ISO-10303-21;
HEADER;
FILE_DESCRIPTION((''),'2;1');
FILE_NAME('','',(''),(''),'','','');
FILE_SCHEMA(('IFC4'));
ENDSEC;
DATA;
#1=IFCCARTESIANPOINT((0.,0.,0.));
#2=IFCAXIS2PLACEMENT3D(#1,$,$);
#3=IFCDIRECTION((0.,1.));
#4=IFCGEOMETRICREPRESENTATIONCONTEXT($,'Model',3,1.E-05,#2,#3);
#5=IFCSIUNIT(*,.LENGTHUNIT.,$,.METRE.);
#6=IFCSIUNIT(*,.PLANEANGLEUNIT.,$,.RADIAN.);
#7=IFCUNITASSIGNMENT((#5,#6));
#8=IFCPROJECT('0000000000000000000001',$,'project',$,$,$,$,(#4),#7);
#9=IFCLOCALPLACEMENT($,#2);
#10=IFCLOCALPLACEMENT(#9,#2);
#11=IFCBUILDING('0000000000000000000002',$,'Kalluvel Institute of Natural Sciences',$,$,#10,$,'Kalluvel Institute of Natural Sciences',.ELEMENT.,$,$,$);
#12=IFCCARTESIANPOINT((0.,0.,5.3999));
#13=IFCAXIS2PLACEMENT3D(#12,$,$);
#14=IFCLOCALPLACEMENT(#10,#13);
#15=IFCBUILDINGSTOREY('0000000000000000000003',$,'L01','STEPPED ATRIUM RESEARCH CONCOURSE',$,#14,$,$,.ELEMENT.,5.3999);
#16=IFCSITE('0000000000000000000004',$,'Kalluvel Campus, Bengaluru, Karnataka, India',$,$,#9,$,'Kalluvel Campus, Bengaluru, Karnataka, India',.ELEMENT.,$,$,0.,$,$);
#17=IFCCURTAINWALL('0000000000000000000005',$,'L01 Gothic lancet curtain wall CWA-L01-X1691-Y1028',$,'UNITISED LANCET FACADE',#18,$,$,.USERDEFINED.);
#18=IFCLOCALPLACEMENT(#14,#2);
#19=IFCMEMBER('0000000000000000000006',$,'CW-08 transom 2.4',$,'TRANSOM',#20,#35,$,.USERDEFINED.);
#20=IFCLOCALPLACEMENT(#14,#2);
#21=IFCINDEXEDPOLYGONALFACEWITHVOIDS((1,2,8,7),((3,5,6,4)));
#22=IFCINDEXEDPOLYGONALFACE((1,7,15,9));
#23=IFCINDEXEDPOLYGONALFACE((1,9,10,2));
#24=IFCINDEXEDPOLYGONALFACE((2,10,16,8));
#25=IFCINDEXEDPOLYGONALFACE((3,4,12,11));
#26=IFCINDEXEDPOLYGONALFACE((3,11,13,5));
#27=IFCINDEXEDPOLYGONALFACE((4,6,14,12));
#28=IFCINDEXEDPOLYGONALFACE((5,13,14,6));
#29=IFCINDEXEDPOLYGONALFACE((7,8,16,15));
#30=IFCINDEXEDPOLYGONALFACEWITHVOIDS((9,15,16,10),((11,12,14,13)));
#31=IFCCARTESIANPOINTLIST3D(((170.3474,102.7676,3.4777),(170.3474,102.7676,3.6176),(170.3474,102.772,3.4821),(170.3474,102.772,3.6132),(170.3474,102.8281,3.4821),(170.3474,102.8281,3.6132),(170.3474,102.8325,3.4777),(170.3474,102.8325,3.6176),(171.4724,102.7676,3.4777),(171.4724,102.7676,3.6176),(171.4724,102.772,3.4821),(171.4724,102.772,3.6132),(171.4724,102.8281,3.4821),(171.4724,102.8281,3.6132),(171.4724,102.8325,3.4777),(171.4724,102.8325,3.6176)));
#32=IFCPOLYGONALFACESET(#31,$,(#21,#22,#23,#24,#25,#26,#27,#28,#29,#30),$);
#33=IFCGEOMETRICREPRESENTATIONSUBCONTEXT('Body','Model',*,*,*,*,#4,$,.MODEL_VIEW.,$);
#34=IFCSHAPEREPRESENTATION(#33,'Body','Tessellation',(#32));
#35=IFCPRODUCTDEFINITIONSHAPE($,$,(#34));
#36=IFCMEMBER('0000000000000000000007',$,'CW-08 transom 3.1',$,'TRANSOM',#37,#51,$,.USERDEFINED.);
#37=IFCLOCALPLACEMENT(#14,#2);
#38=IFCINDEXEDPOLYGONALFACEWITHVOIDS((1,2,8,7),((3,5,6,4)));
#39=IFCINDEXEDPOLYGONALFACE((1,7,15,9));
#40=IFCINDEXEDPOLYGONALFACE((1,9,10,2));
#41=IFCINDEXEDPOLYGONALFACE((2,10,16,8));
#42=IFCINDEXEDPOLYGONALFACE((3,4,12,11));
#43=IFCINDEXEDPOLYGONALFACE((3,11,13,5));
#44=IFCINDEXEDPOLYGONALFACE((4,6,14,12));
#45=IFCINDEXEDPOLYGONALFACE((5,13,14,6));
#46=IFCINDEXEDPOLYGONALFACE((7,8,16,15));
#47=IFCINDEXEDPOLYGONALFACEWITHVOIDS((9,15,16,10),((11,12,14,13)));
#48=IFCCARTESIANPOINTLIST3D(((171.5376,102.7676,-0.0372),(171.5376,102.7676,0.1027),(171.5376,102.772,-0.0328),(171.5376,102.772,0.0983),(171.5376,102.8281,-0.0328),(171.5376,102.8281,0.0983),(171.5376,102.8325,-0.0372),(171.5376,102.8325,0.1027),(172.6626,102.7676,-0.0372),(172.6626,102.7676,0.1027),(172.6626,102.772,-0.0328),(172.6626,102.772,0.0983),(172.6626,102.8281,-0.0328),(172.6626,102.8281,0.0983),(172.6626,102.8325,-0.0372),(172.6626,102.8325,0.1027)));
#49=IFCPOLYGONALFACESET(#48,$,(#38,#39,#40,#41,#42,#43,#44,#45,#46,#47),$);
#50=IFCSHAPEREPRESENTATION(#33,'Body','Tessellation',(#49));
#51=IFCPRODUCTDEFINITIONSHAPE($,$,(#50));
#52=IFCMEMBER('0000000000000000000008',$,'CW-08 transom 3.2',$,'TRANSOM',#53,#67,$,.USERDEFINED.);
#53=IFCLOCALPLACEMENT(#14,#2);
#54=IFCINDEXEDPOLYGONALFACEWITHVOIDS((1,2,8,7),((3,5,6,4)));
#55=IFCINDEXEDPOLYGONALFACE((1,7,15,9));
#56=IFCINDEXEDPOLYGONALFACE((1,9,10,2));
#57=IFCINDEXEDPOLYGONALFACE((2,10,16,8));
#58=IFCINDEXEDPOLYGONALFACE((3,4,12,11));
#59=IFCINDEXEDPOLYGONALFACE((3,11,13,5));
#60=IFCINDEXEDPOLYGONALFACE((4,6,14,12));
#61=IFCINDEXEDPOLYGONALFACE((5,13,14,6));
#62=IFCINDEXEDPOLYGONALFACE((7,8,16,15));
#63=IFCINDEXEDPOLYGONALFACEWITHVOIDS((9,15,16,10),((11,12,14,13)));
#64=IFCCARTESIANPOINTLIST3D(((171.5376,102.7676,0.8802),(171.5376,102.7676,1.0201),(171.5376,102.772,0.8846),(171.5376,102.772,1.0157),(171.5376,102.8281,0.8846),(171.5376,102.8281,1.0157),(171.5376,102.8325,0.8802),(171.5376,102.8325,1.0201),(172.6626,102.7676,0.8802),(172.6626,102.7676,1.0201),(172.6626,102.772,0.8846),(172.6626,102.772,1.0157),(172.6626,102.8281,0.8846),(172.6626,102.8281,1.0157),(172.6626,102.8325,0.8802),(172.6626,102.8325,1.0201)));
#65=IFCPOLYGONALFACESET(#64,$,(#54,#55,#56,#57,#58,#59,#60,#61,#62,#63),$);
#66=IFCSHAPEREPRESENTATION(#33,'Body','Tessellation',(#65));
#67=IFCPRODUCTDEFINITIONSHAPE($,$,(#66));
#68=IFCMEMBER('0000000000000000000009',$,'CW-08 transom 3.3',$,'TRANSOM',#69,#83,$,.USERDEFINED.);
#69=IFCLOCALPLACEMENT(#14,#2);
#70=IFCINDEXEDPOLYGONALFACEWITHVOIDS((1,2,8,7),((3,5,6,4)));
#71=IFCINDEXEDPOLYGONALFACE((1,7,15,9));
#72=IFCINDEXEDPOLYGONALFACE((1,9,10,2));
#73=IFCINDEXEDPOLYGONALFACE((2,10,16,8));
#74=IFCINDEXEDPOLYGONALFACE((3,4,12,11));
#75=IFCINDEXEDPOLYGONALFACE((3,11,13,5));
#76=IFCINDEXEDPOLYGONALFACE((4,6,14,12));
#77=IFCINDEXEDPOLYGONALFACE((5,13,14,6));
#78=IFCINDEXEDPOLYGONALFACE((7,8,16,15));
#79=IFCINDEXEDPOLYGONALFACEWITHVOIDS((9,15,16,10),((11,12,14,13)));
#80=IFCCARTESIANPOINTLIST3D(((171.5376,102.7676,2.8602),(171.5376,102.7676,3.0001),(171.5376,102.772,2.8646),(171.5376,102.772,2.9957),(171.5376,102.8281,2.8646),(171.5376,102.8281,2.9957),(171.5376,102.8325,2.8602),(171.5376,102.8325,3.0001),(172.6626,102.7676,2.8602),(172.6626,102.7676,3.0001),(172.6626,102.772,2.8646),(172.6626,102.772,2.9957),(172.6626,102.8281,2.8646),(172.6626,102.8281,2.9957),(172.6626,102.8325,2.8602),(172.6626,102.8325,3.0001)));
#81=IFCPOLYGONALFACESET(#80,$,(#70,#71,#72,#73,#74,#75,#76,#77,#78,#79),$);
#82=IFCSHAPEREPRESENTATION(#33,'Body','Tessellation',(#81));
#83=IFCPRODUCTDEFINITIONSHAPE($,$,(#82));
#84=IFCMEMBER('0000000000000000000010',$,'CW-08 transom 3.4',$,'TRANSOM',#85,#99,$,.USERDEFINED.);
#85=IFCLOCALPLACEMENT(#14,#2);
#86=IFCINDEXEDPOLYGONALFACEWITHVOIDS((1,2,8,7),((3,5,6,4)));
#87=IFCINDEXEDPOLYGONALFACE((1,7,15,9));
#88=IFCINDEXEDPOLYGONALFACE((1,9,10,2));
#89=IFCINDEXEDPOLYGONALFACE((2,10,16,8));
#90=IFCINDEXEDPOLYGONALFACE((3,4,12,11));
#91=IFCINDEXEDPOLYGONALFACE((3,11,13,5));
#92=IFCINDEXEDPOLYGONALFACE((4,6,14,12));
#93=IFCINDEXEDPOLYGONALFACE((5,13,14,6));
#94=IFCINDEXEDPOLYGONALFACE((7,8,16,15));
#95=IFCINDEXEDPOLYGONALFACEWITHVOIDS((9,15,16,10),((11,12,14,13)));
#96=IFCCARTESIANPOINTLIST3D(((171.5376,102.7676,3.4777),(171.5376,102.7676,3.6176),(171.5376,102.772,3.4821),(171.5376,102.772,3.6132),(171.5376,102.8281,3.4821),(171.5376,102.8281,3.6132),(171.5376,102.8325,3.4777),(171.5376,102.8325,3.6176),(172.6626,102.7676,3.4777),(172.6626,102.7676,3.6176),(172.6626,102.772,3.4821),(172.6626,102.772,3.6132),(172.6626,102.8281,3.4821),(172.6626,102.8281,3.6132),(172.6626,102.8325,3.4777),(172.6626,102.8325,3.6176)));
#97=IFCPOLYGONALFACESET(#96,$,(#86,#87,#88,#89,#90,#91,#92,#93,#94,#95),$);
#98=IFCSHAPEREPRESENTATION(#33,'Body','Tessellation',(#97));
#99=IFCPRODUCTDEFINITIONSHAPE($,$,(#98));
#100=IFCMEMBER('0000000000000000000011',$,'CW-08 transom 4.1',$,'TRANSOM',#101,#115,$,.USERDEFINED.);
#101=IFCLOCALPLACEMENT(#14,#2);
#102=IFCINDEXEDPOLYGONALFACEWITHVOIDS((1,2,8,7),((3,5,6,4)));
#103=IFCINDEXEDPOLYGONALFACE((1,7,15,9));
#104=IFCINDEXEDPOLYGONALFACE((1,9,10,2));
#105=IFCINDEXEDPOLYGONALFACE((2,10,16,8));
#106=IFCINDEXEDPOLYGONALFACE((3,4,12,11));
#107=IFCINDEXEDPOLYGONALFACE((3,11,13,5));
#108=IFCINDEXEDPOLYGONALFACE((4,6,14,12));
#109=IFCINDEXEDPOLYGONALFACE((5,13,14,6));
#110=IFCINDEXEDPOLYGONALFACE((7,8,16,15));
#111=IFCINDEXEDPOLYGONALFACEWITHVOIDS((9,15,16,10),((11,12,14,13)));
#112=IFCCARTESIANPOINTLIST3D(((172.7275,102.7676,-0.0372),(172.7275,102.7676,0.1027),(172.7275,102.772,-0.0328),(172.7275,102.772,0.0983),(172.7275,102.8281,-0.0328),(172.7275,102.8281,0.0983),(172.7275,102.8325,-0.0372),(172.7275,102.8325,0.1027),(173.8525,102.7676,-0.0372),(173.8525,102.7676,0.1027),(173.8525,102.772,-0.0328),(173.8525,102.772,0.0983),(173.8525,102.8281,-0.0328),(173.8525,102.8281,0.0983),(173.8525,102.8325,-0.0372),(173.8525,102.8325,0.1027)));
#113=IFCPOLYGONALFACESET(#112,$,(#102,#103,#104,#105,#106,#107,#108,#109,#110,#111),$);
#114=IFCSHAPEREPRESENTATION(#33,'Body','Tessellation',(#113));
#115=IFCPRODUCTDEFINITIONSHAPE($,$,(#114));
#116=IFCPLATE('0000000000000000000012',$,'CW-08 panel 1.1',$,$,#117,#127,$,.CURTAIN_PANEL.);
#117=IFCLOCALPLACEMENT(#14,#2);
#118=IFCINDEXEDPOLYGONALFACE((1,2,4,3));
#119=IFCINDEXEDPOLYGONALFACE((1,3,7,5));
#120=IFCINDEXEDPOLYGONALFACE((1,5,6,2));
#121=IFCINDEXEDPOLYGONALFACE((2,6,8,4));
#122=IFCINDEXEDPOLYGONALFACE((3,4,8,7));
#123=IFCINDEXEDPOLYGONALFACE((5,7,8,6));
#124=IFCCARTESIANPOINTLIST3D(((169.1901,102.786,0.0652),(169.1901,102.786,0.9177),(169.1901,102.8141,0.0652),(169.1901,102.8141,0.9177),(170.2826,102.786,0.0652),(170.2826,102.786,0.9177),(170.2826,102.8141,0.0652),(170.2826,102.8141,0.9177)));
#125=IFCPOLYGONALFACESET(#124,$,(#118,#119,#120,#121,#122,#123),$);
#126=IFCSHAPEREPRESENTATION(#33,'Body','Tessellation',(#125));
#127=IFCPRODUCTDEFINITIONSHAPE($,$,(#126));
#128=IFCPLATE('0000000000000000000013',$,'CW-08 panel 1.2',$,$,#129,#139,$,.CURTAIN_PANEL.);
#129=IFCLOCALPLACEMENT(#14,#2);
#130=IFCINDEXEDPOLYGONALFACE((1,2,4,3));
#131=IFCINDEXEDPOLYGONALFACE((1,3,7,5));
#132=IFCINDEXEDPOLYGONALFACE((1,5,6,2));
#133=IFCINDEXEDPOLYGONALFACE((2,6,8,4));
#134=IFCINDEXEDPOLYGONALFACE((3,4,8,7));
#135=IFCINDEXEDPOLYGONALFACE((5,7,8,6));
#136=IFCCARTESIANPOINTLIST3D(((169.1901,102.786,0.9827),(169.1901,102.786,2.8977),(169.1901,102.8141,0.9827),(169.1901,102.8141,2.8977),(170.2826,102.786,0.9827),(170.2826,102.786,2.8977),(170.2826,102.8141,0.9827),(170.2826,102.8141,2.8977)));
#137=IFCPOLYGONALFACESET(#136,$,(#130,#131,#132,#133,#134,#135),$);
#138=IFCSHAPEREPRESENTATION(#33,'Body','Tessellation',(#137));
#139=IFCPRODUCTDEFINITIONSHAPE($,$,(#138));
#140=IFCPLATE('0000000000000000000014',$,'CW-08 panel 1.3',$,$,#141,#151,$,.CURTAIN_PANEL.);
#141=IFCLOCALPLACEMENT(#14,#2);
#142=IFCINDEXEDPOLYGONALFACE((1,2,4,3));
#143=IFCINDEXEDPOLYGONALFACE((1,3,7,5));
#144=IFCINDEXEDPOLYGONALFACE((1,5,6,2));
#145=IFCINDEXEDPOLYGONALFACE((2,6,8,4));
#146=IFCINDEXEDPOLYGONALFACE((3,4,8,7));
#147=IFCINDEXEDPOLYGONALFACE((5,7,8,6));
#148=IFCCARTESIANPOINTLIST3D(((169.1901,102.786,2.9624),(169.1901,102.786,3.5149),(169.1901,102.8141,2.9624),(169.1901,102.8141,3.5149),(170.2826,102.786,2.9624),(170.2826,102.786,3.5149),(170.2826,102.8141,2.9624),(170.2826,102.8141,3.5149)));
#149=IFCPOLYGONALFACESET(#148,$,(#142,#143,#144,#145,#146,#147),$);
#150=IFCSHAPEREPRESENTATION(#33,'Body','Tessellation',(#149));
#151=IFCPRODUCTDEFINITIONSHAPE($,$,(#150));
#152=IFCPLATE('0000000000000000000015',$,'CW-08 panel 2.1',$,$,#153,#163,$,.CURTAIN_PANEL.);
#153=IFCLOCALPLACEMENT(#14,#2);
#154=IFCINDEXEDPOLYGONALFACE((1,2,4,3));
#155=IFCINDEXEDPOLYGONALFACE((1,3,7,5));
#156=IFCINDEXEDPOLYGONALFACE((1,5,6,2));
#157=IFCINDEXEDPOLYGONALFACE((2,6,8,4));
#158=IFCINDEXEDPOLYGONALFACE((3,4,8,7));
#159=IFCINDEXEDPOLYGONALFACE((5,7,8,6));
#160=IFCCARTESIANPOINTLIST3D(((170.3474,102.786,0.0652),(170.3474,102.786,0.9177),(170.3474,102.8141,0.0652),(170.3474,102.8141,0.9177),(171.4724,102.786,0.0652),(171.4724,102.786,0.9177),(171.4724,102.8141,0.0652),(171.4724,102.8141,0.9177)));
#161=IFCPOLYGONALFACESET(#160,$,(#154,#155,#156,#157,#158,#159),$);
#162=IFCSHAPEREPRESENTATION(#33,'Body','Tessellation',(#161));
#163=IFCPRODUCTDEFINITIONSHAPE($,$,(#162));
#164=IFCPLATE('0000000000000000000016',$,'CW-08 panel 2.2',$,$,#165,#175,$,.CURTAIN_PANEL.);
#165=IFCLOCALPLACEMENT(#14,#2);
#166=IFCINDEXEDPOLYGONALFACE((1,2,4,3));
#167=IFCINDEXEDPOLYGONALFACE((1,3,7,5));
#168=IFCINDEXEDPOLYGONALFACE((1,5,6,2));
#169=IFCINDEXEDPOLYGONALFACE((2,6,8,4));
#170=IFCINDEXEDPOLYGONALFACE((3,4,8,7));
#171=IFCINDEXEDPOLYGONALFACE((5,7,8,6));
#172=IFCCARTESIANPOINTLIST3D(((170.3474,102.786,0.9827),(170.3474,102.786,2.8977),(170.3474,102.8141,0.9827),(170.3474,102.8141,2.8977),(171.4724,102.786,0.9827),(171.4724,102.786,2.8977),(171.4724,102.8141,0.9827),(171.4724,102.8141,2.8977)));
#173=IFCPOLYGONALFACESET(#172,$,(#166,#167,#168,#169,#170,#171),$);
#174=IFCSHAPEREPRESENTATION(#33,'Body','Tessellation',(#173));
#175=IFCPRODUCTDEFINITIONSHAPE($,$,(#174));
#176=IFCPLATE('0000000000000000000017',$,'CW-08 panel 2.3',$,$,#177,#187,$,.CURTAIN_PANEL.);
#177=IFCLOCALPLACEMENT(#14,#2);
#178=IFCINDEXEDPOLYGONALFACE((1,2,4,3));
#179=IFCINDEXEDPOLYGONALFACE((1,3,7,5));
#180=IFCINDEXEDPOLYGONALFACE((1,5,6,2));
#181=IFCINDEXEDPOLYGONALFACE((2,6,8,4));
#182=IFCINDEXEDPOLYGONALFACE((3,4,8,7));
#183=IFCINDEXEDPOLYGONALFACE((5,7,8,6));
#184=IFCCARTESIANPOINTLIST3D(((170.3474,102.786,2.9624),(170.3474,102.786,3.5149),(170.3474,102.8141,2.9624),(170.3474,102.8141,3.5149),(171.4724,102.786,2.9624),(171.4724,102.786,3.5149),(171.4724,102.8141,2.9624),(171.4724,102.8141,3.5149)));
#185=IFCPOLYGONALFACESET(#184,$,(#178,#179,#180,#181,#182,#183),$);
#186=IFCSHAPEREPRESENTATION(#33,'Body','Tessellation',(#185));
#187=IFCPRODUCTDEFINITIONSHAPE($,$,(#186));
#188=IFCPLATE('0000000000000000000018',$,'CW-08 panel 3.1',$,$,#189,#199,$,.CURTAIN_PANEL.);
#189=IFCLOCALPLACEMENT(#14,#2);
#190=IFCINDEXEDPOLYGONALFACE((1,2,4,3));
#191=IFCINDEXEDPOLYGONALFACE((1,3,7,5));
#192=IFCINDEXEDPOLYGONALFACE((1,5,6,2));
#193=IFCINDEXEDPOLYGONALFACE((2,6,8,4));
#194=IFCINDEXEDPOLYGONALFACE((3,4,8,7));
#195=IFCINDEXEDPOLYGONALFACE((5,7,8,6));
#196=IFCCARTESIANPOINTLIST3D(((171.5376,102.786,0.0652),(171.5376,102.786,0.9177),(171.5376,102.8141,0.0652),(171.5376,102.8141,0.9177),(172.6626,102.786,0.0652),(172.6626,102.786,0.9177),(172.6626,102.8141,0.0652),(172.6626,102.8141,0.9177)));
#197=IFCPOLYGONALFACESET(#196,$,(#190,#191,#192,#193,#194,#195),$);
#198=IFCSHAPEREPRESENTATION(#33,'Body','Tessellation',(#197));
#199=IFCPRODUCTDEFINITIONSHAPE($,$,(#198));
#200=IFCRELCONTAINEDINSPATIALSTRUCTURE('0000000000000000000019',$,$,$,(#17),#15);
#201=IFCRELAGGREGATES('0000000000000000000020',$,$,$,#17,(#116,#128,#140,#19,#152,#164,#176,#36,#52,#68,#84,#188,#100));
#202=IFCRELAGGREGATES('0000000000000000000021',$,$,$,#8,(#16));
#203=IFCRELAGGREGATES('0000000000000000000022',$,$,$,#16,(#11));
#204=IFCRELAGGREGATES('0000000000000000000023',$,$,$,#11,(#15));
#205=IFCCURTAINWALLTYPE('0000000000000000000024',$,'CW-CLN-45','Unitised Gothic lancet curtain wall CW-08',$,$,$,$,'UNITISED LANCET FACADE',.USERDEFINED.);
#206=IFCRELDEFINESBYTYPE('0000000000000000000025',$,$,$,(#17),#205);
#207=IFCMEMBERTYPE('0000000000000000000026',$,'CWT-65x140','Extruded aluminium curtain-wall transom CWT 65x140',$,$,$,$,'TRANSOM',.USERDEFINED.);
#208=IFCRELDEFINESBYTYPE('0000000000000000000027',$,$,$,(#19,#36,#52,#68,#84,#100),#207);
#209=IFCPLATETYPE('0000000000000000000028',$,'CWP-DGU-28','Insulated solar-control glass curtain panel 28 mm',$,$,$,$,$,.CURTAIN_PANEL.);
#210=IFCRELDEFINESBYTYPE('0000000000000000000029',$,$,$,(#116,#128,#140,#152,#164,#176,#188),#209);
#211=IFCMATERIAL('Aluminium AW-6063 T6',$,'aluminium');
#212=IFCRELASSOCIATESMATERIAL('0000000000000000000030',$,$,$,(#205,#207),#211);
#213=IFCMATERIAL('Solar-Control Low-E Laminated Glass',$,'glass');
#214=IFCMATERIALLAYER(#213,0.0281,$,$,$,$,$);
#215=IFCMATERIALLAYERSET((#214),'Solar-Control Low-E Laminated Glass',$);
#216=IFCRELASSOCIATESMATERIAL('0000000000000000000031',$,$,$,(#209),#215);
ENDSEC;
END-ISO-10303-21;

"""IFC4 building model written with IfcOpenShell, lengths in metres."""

from ifc_helpers import new_model, si_unit, direction, frame, origin, origin_2d, place, context, subcontext, project, spatial, rectangle, hollow_rectangle, extrude, material, layer, layer_set, material_profile, profile_set, type_object, element, aggregate, save


model = new_model("IFC4")

# Units and contexts
model_context = context("Model", 3, precision=1e-05, world=origin(), true_north=direction((0.0, 1.0)))
body_context = subcontext(model_context, "Body", "Model", "MODEL_VIEW")
ifc_project = project(units=[si_unit("LENGTHUNIT", "METRE"), si_unit("PLANEANGLEUNIT", "RADIAN")], contexts=[model_context])

# Site, building, storey
site_placement = place(None, origin())
site = spatial("IfcSite", under=ifc_project, at=site_placement, Name="Kalluvel Campus, Bengaluru, Karnataka, India", LongName="Kalluvel Campus, Bengaluru, Karnataka, India", CompositionType="ELEMENT", RefElevation=0.0)
building_placement = place(site_placement, origin())
building = spatial("IfcBuilding", under=site, at=building_placement, Name="Kalluvel Institute of Natural Sciences", LongName="Kalluvel Institute of Natural Sciences", CompositionType="ELEMENT")
storey_placement = place(building_placement, frame((0.0, 0.0, 5.3999)))
storey = spatial("IfcBuildingStorey", under=building, at=storey_placement, Name="L01", Description="STEPPED ATRIUM RESEARCH CONCOURSE", CompositionType="ELEMENT", Elevation=5.3999)

# Curtain wall, members, plates
ifc_material_1 = material(Name="Aluminium AW-6063 T6", Category="aluminium")
curtain_wall_type = type_object("IfcCurtainWallType", Name="CW-CLN-45", Description="Unitised Gothic lancet curtain wall CW-08", ElementType="UNITISED LANCET FACADE", PredefinedType="USERDEFINED", material=ifc_material_1)
curtain_wall_placement = place(storey_placement, origin())
curtain_wall = element("IfcCurtainWall", 1, at=curtain_wall_placement, inside=storey, type_object=curtain_wall_type, Name="L01 Gothic lancet curtain wall CWA-L01-X1691-Y1028", ObjectType="UNITISED LANCET FACADE", PredefinedType="USERDEFINED")
ifc_material_profile_1 = material_profile(ifc_material_1, hollow_rectangle(XDim=0.0649, YDim=0.1399, WallThickness=0.0044, at=origin_2d()), Name="CWT 65x140")
ifc_profile_set_1 = profile_set([ifc_material_profile_1], Name="Aluminium AW-6063 T6")
member_type_1 = type_object("IfcMemberType", Name="CWT-65x140", Description="Extruded aluminium curtain-wall transom CWT 65x140", ElementType="TRANSOM", PredefinedType="USERDEFINED", material=ifc_profile_set_1)
member_1_placement = place(storey_placement, frame((170.3474, 102.8, 3.5476), z_axis=(1.0, 0.0, 0.0), x_axis=(0.0, 1.0, 0.0)))
member_1 = element("IfcMember", 2, at=member_1_placement, type_object=member_type_1, Name="CW-08 transom 2.4", ObjectType="TRANSOM", PredefinedType="USERDEFINED", context=body_context, shape_type="SweptSolid", body=[
    extrude(hollow_rectangle(XDim=0.0649, YDim=0.1399, WallThickness=0.0044, at=origin_2d()), origin(), (0.0, 0.0, 1.0), 1.125),
])
member_2_placement = place(storey_placement, frame((171.5376, 102.8, 0.0327), z_axis=(1.0, 0.0, 0.0), x_axis=(0.0, 1.0, 0.0)))
member_2 = element("IfcMember", 3, at=member_2_placement, type_object=member_type_1, Name="CW-08 transom 3.1", ObjectType="TRANSOM", PredefinedType="USERDEFINED", context=body_context, shape_type="SweptSolid", body=[
    extrude(hollow_rectangle(XDim=0.0649, YDim=0.1399, WallThickness=0.0044, at=origin_2d()), origin(), (0.0, 0.0, 1.0), 1.125),
])
member_3_placement = place(storey_placement, frame((171.5376, 102.8, 0.9502), z_axis=(1.0, 0.0, 0.0), x_axis=(0.0, 1.0, 0.0)))
member_3 = element("IfcMember", 4, at=member_3_placement, type_object=member_type_1, Name="CW-08 transom 3.2", ObjectType="TRANSOM", PredefinedType="USERDEFINED", context=body_context, shape_type="SweptSolid", body=[
    extrude(hollow_rectangle(XDim=0.0649, YDim=0.1399, WallThickness=0.0044, at=origin_2d()), origin(), (0.0, 0.0, 1.0), 1.125),
])
member_4_placement = place(storey_placement, frame((171.5376, 102.8, 2.9302), z_axis=(1.0, 0.0, 0.0), x_axis=(0.0, 1.0, 0.0)))
member_4 = element("IfcMember", 5, at=member_4_placement, type_object=member_type_1, Name="CW-08 transom 3.3", ObjectType="TRANSOM", PredefinedType="USERDEFINED", context=body_context, shape_type="SweptSolid", body=[
    extrude(hollow_rectangle(XDim=0.0649, YDim=0.1399, WallThickness=0.0044, at=origin_2d()), origin(), (0.0, 0.0, 1.0), 1.125),
])
member_5_placement = place(storey_placement, frame((171.5376, 102.8, 3.5476), z_axis=(1.0, 0.0, 0.0), x_axis=(0.0, 1.0, 0.0)))
member_5 = element("IfcMember", 6, at=member_5_placement, type_object=member_type_1, Name="CW-08 transom 3.4", ObjectType="TRANSOM", PredefinedType="USERDEFINED", context=body_context, shape_type="SweptSolid", body=[
    extrude(hollow_rectangle(XDim=0.0649, YDim=0.1399, WallThickness=0.0044, at=origin_2d()), origin(), (0.0, 0.0, 1.0), 1.125),
])
member_6_placement = place(storey_placement, frame((172.7275, 102.8, 0.0327), z_axis=(1.0, 0.0, 0.0), x_axis=(0.0, 1.0, 0.0)))
member_6 = element("IfcMember", 7, at=member_6_placement, type_object=member_type_1, Name="CW-08 transom 4.1", ObjectType="TRANSOM", PredefinedType="USERDEFINED", context=body_context, shape_type="SweptSolid", body=[
    extrude(hollow_rectangle(XDim=0.0649, YDim=0.1399, WallThickness=0.0044, at=origin_2d()), origin(), (0.0, 0.0, 1.0), 1.125),
])
ifc_material_2 = material(Name="Solar-Control Low-E Laminated Glass", Category="glass")
ifc_layer = layer(ifc_material_2, 0.0281)
ifc_layer_set = layer_set([ifc_layer], Name="Solar-Control Low-E Laminated Glass")
plate_type = type_object("IfcPlateType", Name="CWP-DGU-28", Description="Insulated solar-control glass curtain panel 28 mm", PredefinedType="CURTAIN_PANEL", material=ifc_layer_set)
plate_1_placement = place(storey_placement, frame((169.7363, 102.8, 0.0652), z_axis=(0.0, 0.0, 1.0), x_axis=(1.0, 0.0, 0.0)))
plate_1 = element("IfcPlate", 8, at=plate_1_placement, type_object=plate_type, Name="CW-08 panel 1.1", PredefinedType="CURTAIN_PANEL", context=body_context, shape_type="SweptSolid", body=[
    extrude(rectangle(XDim=1.0925, YDim=0.0281, at=origin_2d()), origin(), (0.0, 0.0, 1.0), 0.8525),
])
plate_2_placement = place(storey_placement, frame((169.7363, 102.8, 0.9827), z_axis=(0.0, 0.0, 1.0), x_axis=(1.0, 0.0, 0.0)))
plate_2 = element("IfcPlate", 9, at=plate_2_placement, type_object=plate_type, Name="CW-08 panel 1.2", PredefinedType="CURTAIN_PANEL", context=body_context, shape_type="SweptSolid", body=[
    extrude(rectangle(XDim=1.0925, YDim=0.0281, at=origin_2d()), origin(), (0.0, 0.0, 1.0), 1.915),
])
plate_3_placement = place(storey_placement, frame((169.7363, 102.8, 2.9624), z_axis=(0.0, 0.0, 1.0), x_axis=(1.0, 0.0, 0.0)))
plate_3 = element("IfcPlate", 10, at=plate_3_placement, type_object=plate_type, Name="CW-08 panel 1.3", PredefinedType="CURTAIN_PANEL", context=body_context, shape_type="SweptSolid", body=[
    extrude(rectangle(XDim=1.0925, YDim=0.0281, at=origin_2d()), origin(), (0.0, 0.0, 1.0), 0.5525),
])
plate_4_placement = place(storey_placement, frame((170.9099, 102.8, 0.0652), z_axis=(0.0, 0.0, 1.0), x_axis=(1.0, 0.0, 0.0)))
plate_4 = element("IfcPlate", 11, at=plate_4_placement, type_object=plate_type, Name="CW-08 panel 2.1", PredefinedType="CURTAIN_PANEL", context=body_context, shape_type="SweptSolid", body=[
    extrude(rectangle(XDim=1.125, YDim=0.0281, at=origin_2d()), origin(), (0.0, 0.0, 1.0), 0.8525),
])
plate_5_placement = place(storey_placement, frame((170.9099, 102.8, 0.9827), z_axis=(0.0, 0.0, 1.0), x_axis=(1.0, 0.0, 0.0)))
plate_5 = element("IfcPlate", 12, at=plate_5_placement, type_object=plate_type, Name="CW-08 panel 2.2", PredefinedType="CURTAIN_PANEL", context=body_context, shape_type="SweptSolid", body=[
    extrude(rectangle(XDim=1.125, YDim=0.0281, at=origin_2d()), origin(), (0.0, 0.0, 1.0), 1.915),
])
plate_6_placement = place(storey_placement, frame((170.9099, 102.8, 2.9624), z_axis=(0.0, 0.0, 1.0), x_axis=(1.0, 0.0, 0.0)))
plate_6 = element("IfcPlate", 13, at=plate_6_placement, type_object=plate_type, Name="CW-08 panel 2.3", PredefinedType="CURTAIN_PANEL", context=body_context, shape_type="SweptSolid", body=[
    extrude(rectangle(XDim=1.125, YDim=0.0281, at=origin_2d()), origin(), (0.0, 0.0, 1.0), 0.5525),
])
plate_7_placement = place(storey_placement, frame((172.1001, 102.8, 0.0652), z_axis=(0.0, 0.0, 1.0), x_axis=(1.0, 0.0, 0.0)))
plate_7 = element("IfcPlate", 14, at=plate_7_placement, type_object=plate_type, Name="CW-08 panel 3.1", PredefinedType="CURTAIN_PANEL", context=body_context, shape_type="SweptSolid", body=[
    extrude(rectangle(XDim=1.125, YDim=0.0281, at=origin_2d()), origin(), (0.0, 0.0, 1.0), 0.8525),
])
aggregate(curtain_wall, [plate_1, plate_2, plate_3, member_1, plate_4, plate_5, plate_6, member_2, member_3, member_4, member_5, plate_7, member_6])

save(model, "model.ifc")
